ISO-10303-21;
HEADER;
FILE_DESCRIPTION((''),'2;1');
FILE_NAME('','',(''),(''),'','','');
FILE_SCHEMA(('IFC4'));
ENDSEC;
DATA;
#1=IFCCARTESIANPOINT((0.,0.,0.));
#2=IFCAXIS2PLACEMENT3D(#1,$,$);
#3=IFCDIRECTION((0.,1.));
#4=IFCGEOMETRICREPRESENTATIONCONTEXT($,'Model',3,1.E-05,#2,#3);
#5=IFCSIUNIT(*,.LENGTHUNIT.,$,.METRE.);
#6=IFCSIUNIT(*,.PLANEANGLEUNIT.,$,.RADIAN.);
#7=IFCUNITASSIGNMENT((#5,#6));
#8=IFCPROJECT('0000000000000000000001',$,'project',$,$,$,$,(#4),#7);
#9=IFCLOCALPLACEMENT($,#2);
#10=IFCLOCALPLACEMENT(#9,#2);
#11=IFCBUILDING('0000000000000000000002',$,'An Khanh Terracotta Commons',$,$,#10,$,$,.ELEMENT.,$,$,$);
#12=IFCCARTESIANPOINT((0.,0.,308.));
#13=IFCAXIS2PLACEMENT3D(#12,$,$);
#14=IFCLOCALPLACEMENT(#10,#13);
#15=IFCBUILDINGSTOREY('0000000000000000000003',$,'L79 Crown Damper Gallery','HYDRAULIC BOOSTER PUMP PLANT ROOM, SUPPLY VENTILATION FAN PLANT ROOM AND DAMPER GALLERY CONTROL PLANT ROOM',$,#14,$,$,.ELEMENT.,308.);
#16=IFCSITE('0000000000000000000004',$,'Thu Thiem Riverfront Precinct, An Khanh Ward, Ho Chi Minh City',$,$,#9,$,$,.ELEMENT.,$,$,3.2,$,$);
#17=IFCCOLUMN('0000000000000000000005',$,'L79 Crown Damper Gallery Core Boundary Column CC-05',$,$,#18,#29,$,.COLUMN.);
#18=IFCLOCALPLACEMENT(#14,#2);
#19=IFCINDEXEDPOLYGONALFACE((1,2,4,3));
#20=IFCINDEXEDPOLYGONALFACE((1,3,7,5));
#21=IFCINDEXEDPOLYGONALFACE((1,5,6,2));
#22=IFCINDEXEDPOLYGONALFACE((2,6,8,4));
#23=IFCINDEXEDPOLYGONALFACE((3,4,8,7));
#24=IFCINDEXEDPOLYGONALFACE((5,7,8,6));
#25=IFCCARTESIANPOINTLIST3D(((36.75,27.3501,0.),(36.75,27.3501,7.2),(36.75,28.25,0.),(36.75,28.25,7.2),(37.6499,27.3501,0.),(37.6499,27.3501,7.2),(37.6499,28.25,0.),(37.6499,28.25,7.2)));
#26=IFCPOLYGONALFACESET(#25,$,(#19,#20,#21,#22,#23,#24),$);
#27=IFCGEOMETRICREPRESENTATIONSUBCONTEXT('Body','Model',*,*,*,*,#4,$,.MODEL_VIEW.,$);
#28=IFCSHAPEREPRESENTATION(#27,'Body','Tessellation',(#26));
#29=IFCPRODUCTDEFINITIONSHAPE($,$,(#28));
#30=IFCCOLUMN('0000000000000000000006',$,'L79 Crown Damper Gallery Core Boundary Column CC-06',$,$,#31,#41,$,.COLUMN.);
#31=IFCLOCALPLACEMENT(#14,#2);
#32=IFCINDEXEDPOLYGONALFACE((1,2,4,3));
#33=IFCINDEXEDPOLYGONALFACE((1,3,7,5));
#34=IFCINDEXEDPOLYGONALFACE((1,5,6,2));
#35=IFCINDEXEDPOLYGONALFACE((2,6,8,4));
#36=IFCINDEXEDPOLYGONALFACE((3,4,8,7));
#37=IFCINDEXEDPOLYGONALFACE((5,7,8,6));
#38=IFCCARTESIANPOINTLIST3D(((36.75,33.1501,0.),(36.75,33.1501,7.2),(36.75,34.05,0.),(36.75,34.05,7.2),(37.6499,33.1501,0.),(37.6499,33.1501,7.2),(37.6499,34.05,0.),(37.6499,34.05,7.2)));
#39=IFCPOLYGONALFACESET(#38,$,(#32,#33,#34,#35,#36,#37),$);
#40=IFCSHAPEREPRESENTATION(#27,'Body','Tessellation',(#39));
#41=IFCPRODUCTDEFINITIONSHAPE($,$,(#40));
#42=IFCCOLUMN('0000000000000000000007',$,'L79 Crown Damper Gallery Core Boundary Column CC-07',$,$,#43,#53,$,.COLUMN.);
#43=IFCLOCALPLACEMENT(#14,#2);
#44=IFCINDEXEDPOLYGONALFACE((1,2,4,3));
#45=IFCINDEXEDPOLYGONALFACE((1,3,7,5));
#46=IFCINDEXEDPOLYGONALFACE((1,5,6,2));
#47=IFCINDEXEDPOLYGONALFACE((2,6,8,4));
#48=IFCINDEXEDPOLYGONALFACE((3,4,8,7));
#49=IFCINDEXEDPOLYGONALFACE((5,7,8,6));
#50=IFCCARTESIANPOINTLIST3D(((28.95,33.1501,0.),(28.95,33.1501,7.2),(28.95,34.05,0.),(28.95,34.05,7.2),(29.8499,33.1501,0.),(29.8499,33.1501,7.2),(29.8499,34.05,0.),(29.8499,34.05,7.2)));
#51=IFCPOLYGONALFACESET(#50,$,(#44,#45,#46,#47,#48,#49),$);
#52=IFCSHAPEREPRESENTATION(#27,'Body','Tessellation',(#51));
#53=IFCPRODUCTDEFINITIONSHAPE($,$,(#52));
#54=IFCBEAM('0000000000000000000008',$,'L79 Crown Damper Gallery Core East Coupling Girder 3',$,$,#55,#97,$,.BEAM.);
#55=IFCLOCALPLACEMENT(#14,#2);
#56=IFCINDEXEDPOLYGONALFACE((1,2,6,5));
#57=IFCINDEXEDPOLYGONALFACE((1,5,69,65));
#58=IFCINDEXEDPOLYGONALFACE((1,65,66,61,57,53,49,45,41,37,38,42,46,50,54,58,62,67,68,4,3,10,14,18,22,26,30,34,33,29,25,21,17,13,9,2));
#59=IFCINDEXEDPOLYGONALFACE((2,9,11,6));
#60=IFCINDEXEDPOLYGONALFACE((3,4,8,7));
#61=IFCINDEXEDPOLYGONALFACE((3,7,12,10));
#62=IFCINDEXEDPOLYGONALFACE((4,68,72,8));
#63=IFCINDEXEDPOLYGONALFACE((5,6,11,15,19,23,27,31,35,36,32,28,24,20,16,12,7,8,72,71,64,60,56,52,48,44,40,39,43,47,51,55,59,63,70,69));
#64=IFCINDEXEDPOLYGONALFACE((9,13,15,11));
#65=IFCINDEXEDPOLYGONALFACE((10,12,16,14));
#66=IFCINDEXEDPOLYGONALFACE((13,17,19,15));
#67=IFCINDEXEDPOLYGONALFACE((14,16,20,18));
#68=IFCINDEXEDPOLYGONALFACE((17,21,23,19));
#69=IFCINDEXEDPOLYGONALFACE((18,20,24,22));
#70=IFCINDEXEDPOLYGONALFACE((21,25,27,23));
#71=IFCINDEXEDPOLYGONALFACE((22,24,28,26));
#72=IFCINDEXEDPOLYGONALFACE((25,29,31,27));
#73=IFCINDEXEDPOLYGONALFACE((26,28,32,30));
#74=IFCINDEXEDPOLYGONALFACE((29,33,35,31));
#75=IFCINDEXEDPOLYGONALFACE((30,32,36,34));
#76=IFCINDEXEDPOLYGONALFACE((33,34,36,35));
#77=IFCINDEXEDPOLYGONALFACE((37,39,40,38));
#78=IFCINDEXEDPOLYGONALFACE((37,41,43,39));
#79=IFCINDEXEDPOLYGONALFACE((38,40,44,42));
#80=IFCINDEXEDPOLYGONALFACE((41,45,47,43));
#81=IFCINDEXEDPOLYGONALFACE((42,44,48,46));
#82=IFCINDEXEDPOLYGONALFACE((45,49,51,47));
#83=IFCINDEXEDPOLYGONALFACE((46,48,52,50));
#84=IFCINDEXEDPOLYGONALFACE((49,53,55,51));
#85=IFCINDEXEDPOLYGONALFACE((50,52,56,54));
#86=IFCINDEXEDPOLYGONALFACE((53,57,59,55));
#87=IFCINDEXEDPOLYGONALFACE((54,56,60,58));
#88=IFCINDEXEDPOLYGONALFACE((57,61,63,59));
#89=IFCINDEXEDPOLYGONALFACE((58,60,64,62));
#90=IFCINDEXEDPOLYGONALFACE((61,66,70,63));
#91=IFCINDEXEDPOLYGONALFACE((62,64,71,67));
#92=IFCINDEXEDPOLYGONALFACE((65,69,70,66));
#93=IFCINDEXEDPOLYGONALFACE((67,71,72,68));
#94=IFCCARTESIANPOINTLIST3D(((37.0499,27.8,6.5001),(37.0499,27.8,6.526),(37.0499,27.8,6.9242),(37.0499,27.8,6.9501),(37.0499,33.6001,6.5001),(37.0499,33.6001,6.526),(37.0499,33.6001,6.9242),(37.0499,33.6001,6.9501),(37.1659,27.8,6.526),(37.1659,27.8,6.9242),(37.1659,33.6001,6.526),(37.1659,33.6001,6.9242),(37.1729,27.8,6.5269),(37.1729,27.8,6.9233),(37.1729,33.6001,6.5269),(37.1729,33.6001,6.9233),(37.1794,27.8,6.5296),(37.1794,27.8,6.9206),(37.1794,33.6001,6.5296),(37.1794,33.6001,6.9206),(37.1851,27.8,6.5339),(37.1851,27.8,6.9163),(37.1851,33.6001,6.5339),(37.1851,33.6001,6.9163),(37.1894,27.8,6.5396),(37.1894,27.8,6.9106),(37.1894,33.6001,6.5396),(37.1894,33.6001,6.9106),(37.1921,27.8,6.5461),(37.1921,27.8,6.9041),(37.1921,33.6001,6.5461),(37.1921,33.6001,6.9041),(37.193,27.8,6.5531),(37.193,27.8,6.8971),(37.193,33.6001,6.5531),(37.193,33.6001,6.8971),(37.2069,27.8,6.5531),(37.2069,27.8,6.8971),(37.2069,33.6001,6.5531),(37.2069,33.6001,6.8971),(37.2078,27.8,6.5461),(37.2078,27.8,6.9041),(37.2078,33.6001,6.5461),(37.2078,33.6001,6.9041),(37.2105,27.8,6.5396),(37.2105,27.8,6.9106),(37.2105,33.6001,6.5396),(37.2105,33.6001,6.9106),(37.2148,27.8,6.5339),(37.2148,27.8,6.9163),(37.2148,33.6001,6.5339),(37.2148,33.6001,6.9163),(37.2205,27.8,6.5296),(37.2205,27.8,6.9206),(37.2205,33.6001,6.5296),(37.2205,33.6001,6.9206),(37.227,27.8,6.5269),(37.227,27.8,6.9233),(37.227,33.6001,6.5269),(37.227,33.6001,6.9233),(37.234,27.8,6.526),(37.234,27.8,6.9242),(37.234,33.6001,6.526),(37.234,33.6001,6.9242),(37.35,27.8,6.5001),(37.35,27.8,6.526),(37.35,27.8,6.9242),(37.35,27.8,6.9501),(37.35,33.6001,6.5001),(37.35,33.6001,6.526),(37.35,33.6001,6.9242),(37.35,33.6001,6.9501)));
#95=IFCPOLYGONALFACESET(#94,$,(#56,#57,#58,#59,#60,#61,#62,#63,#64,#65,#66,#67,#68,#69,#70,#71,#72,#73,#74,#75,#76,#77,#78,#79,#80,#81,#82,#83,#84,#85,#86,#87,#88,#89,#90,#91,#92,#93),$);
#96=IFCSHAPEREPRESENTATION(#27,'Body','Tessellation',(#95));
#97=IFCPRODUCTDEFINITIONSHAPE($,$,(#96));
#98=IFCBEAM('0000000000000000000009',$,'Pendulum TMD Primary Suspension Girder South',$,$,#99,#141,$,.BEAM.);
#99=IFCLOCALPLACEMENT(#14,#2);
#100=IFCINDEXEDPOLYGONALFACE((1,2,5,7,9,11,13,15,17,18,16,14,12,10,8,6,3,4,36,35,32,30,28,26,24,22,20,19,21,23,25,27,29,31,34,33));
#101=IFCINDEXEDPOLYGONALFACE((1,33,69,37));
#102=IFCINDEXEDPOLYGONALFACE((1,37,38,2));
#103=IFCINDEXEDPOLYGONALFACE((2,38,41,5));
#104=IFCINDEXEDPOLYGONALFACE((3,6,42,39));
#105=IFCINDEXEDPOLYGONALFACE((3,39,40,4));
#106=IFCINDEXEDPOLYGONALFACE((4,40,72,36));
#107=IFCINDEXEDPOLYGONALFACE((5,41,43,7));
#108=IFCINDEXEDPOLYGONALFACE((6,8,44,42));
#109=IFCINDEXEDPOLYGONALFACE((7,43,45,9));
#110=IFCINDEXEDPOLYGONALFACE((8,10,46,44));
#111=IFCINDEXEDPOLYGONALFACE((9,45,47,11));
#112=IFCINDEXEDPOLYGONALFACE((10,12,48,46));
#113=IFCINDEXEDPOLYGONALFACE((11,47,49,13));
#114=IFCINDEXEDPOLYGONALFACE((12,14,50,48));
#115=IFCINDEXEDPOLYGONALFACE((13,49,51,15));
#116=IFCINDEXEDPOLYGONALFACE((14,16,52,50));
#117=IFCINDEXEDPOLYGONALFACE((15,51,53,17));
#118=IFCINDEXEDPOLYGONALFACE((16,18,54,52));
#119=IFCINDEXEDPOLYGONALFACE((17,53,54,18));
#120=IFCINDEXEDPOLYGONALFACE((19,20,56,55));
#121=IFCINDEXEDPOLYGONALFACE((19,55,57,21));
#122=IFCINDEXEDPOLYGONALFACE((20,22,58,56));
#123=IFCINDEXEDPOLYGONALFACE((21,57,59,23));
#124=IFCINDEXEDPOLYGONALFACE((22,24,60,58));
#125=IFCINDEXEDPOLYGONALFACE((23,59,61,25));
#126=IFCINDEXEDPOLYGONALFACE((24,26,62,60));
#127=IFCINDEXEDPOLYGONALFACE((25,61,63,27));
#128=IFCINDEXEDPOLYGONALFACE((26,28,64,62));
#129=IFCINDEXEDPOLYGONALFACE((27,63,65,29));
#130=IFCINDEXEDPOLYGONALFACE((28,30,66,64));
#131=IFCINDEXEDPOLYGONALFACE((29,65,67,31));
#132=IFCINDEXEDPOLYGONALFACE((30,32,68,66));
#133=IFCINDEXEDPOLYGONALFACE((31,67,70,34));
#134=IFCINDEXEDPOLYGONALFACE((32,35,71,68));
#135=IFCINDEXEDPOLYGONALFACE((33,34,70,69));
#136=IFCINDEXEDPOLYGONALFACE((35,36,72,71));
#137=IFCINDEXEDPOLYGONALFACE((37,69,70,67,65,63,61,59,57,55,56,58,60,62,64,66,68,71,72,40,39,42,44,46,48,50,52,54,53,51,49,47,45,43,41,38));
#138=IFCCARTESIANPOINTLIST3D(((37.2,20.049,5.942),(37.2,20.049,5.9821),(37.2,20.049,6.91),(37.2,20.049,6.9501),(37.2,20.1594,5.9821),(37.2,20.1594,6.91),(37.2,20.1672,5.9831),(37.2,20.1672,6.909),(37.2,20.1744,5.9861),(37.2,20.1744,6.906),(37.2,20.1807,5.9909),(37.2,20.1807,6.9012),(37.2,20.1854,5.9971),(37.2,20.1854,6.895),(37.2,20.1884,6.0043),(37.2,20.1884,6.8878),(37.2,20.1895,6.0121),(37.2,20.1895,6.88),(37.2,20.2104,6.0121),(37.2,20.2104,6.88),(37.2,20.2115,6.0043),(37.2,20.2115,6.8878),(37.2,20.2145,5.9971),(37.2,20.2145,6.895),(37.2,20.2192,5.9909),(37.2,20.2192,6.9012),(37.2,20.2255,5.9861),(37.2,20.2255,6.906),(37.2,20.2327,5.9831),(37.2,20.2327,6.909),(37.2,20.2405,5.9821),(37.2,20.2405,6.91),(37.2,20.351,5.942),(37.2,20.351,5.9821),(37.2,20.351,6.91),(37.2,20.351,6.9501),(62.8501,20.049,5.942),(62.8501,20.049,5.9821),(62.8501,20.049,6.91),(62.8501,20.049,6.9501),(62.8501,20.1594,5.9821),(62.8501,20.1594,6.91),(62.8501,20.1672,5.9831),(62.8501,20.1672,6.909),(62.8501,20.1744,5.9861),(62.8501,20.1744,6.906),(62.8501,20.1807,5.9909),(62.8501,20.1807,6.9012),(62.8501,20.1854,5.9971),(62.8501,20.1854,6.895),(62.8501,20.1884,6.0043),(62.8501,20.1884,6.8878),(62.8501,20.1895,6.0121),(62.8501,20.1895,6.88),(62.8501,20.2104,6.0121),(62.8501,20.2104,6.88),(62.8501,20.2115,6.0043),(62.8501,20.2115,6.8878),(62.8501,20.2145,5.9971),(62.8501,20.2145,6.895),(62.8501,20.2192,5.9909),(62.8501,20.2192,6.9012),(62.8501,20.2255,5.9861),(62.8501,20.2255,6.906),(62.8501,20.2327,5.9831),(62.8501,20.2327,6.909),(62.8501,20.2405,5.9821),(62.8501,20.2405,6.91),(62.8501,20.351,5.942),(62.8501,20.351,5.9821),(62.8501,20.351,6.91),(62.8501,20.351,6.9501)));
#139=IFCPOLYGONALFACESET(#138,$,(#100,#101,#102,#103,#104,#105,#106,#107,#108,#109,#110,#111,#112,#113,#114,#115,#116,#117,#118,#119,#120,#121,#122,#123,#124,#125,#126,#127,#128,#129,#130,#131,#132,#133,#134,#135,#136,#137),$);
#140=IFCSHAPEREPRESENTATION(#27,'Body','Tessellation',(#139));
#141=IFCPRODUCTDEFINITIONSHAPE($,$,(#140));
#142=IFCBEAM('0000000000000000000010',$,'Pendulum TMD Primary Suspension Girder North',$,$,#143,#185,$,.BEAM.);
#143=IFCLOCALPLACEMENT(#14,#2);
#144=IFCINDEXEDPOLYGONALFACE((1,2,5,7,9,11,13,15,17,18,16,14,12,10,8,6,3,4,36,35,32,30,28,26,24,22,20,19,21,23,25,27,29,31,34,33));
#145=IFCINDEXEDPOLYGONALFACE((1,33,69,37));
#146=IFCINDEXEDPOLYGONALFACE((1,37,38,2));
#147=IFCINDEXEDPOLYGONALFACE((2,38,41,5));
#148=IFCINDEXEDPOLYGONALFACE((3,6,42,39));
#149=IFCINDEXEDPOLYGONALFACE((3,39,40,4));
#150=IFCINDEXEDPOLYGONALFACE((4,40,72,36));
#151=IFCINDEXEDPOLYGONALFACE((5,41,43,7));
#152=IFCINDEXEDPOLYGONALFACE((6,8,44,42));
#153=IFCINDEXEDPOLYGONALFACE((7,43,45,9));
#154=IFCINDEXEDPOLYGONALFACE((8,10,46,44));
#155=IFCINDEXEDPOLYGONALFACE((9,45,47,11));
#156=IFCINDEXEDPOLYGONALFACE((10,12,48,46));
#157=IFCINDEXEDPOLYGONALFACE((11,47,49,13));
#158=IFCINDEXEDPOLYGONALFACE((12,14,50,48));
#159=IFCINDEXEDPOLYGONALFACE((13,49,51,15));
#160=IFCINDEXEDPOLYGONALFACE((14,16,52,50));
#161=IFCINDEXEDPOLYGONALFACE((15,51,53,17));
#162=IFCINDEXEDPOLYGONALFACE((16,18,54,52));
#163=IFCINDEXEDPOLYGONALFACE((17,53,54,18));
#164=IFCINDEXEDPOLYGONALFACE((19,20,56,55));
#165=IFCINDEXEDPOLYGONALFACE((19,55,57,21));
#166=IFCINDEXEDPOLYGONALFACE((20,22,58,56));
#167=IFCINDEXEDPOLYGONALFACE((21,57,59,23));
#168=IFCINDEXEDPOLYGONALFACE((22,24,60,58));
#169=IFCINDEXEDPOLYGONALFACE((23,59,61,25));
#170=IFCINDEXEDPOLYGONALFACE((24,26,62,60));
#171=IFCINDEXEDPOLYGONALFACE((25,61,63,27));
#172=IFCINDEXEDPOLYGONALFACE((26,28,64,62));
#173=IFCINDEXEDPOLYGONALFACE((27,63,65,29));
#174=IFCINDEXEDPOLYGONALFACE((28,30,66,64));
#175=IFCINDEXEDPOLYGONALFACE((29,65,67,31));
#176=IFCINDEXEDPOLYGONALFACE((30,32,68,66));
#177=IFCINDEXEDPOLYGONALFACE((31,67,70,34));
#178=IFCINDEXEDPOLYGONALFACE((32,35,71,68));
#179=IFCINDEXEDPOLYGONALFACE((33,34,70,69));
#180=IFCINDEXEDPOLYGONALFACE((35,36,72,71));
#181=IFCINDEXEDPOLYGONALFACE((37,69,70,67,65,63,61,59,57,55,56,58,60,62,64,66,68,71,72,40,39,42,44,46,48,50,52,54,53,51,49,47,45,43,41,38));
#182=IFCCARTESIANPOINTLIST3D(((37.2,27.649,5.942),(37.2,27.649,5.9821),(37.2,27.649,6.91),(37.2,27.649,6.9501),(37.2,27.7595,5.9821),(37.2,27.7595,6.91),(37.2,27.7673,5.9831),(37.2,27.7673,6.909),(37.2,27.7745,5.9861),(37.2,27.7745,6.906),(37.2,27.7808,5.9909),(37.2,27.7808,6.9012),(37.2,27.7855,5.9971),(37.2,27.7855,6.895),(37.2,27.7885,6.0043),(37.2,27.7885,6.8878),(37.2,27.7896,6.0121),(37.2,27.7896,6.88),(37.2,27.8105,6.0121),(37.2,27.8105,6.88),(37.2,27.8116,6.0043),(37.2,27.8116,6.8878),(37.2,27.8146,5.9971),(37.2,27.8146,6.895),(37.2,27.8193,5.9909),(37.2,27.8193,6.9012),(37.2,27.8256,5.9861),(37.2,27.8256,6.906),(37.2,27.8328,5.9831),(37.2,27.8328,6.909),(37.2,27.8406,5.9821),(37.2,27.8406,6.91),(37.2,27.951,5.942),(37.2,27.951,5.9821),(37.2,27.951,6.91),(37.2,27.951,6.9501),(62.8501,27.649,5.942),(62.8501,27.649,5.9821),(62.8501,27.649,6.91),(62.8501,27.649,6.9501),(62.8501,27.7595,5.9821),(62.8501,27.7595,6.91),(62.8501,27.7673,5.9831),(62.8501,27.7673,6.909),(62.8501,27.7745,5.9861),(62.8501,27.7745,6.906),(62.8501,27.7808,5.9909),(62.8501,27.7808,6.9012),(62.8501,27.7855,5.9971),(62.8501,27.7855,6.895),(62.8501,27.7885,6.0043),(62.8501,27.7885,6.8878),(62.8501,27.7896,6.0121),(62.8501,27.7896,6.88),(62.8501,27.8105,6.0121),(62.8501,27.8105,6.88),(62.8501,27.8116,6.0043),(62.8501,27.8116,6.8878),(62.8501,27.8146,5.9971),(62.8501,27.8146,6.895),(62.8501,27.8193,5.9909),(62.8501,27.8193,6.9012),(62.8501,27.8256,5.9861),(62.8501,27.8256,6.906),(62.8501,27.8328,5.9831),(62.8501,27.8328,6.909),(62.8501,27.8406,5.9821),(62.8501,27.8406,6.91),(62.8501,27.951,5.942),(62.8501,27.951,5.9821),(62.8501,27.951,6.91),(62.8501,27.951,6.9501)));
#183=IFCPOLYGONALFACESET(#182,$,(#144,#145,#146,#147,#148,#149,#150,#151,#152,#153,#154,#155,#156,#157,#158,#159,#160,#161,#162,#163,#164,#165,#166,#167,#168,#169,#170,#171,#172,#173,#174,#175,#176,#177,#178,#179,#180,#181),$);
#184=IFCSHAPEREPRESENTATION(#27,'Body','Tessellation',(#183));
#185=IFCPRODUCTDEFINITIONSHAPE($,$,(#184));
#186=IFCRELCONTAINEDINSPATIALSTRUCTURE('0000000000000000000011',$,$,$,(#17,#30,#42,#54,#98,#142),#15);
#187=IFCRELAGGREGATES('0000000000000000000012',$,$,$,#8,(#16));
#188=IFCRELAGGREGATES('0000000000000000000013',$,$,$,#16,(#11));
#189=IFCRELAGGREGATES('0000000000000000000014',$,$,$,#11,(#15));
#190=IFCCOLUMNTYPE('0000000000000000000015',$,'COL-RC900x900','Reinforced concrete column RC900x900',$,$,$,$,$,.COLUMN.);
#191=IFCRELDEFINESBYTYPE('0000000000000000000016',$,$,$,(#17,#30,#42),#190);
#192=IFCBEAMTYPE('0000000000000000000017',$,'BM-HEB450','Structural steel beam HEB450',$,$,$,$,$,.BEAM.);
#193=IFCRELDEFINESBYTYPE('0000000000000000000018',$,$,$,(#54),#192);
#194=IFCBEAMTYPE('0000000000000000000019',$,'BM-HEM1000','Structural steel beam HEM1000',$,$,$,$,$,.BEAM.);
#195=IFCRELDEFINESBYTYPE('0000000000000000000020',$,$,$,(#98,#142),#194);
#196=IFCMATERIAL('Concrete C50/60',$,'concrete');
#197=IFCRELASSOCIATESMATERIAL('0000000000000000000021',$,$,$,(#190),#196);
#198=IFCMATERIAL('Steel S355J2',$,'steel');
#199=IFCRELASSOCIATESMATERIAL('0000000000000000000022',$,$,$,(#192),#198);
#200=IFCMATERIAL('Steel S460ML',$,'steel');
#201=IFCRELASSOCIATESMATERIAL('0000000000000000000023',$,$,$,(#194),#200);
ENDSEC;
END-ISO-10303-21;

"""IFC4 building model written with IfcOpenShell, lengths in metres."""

from ifc_helpers import new_model, si_unit, direction, frame, origin, origin_2d, place, context, subcontext, project, spatial, rectangle, i_section, extrude, material, material_profile, profile_set, type_object, element, save


model = new_model("IFC4")

# Units and contexts
model_context = context("Model", 3, precision=1e-05, world=origin(), true_north=direction((0.0, 1.0)))
body_context = subcontext(model_context, "Body", "Model", "MODEL_VIEW")
ifc_project = project(units=[si_unit("LENGTHUNIT", "METRE"), si_unit("PLANEANGLEUNIT", "RADIAN")], contexts=[model_context])

# Site, building, storey
site_placement = place(None, origin())
site = spatial("IfcSite", under=ifc_project, at=site_placement, Name="Thu Thiem Riverfront Precinct, An Khanh Ward, Ho Chi Minh City", CompositionType="ELEMENT", RefElevation=3.2)
building_placement = place(site_placement, origin())
building = spatial("IfcBuilding", under=site, at=building_placement, Name="An Khanh Terracotta Commons", CompositionType="ELEMENT")
storey_placement = place(building_placement, frame((0.0, 0.0, 308.0)))
storey = spatial("IfcBuildingStorey", under=building, at=storey_placement, Name="L79 Crown Damper Gallery", Description="HYDRAULIC BOOSTER PUMP PLANT ROOM, SUPPLY VENTILATION FAN PLANT ROOM AND DAMPER GALLERY CONTROL PLANT ROOM", CompositionType="ELEMENT", Elevation=308.0)

# Columns
ifc_material_1 = material(Name="Concrete C50/60", Category="concrete")
ifc_material_profile_1 = material_profile(ifc_material_1, rectangle(XDim=0.8999, YDim=0.8999, at=origin_2d()), Name="RC900x900")
ifc_profile_set_1 = profile_set([ifc_material_profile_1], Name="Concrete C50/60")
column_type = type_object("IfcColumnType", Name="COL-RC900x900", Description="Reinforced concrete column RC900x900", PredefinedType="COLUMN", material=ifc_profile_set_1)
for number, where, z_axis, x_axis, name in (
    (1, (37.2, 27.8, 0.0), (0.0, 0.0, 1.0), (1.0, 0.0, 0.0), "L79 Crown Damper Gallery Core Boundary Column CC-05"),
    (2, (37.2, 33.6001, 0.0), (0.0, 0.0, 1.0), (1.0, 0.0, 0.0), "L79 Crown Damper Gallery Core Boundary Column CC-06"),
    (3, (29.3999, 33.6001, 0.0), (0.0, 0.0, 1.0), (1.0, 0.0, 0.0), "L79 Crown Damper Gallery Core Boundary Column CC-07"),
):
    element("IfcColumn", number, at=place(storey_placement, frame(where, z_axis=z_axis, x_axis=x_axis)), inside=storey, type_object=column_type, Name=name, PredefinedType="COLUMN", context=body_context, shape_type="SweptSolid", body=[
        extrude(rectangle(XDim=0.8999, YDim=0.8999, at=origin_2d()), origin(), (0.0, 0.0, 1.0), 7.2),
    ])

# Beams
ifc_material_2 = material(Name="Steel S355J2", Category="steel")
ifc_material_profile_2 = material_profile(ifc_material_2, i_section(OverallWidth=0.3, OverallDepth=0.45, WebThickness=0.0139, FlangeThickness=0.0259, FilletRadius=0.0271, at=origin_2d()), Name="HEB450")
ifc_profile_set_2 = profile_set([ifc_material_profile_2], Name="Steel S355J2")
beam_type_1 = type_object("IfcBeamType", Name="BM-HEB450", Description="Structural steel beam HEB450", PredefinedType="BEAM", material=ifc_profile_set_2)
beam_1_placement = place(storey_placement, frame((37.2, 27.8, 6.7251), z_axis=(0.0, 1.0, 0.0), x_axis=(-1.0, 0.0, 0.0)))
element("IfcBeam", 4, at=beam_1_placement, inside=storey, type_object=beam_type_1, Name="L79 Crown Damper Gallery Core East Coupling Girder 3", PredefinedType="BEAM", context=body_context, shape_type="SweptSolid", body=[
    extrude(i_section(OverallWidth=0.3, OverallDepth=0.45, WebThickness=0.0139, FlangeThickness=0.0259, FilletRadius=0.0271, at=origin_2d()), origin(), (0.0, 0.0, 1.0), 5.8),
])
ifc_material_3 = material(Name="Steel S460ML", Category="steel")
ifc_material_profile_3 = material_profile(ifc_material_3, i_section(OverallWidth=0.302, OverallDepth=1.0081, WebThickness=0.021, FlangeThickness=0.04, FilletRadius=0.03, at=origin_2d()), Name="HEM1000")
ifc_profile_set_3 = profile_set([ifc_material_profile_3], Name="Steel S460ML")
beam_type_2 = type_object("IfcBeamType", Name="BM-HEM1000", Description="Structural steel beam HEM1000", PredefinedType="BEAM", material=ifc_profile_set_3)
for number, where, z_axis, x_axis, name in (
    (5, (37.2, 20.2, 6.446), (1.0, 0.0, 0.0), (0.0, 1.0, 0.0), "Pendulum TMD Primary Suspension Girder South"),
    (6, (37.2, 27.8, 6.446), (1.0, 0.0, 0.0), (0.0, 1.0, 0.0), "Pendulum TMD Primary Suspension Girder North"),
):
    element("IfcBeam", number, at=place(storey_placement, frame(where, z_axis=z_axis, x_axis=x_axis)), inside=storey, type_object=beam_type_2, Name=name, PredefinedType="BEAM", context=body_context, shape_type="SweptSolid", body=[
        extrude(i_section(OverallWidth=0.302, OverallDepth=1.0081, WebThickness=0.021, FlangeThickness=0.04, FilletRadius=0.03, at=origin_2d()), origin(), (0.0, 0.0, 1.0), 25.6501),
    ])

save(model, "model.ifc")
